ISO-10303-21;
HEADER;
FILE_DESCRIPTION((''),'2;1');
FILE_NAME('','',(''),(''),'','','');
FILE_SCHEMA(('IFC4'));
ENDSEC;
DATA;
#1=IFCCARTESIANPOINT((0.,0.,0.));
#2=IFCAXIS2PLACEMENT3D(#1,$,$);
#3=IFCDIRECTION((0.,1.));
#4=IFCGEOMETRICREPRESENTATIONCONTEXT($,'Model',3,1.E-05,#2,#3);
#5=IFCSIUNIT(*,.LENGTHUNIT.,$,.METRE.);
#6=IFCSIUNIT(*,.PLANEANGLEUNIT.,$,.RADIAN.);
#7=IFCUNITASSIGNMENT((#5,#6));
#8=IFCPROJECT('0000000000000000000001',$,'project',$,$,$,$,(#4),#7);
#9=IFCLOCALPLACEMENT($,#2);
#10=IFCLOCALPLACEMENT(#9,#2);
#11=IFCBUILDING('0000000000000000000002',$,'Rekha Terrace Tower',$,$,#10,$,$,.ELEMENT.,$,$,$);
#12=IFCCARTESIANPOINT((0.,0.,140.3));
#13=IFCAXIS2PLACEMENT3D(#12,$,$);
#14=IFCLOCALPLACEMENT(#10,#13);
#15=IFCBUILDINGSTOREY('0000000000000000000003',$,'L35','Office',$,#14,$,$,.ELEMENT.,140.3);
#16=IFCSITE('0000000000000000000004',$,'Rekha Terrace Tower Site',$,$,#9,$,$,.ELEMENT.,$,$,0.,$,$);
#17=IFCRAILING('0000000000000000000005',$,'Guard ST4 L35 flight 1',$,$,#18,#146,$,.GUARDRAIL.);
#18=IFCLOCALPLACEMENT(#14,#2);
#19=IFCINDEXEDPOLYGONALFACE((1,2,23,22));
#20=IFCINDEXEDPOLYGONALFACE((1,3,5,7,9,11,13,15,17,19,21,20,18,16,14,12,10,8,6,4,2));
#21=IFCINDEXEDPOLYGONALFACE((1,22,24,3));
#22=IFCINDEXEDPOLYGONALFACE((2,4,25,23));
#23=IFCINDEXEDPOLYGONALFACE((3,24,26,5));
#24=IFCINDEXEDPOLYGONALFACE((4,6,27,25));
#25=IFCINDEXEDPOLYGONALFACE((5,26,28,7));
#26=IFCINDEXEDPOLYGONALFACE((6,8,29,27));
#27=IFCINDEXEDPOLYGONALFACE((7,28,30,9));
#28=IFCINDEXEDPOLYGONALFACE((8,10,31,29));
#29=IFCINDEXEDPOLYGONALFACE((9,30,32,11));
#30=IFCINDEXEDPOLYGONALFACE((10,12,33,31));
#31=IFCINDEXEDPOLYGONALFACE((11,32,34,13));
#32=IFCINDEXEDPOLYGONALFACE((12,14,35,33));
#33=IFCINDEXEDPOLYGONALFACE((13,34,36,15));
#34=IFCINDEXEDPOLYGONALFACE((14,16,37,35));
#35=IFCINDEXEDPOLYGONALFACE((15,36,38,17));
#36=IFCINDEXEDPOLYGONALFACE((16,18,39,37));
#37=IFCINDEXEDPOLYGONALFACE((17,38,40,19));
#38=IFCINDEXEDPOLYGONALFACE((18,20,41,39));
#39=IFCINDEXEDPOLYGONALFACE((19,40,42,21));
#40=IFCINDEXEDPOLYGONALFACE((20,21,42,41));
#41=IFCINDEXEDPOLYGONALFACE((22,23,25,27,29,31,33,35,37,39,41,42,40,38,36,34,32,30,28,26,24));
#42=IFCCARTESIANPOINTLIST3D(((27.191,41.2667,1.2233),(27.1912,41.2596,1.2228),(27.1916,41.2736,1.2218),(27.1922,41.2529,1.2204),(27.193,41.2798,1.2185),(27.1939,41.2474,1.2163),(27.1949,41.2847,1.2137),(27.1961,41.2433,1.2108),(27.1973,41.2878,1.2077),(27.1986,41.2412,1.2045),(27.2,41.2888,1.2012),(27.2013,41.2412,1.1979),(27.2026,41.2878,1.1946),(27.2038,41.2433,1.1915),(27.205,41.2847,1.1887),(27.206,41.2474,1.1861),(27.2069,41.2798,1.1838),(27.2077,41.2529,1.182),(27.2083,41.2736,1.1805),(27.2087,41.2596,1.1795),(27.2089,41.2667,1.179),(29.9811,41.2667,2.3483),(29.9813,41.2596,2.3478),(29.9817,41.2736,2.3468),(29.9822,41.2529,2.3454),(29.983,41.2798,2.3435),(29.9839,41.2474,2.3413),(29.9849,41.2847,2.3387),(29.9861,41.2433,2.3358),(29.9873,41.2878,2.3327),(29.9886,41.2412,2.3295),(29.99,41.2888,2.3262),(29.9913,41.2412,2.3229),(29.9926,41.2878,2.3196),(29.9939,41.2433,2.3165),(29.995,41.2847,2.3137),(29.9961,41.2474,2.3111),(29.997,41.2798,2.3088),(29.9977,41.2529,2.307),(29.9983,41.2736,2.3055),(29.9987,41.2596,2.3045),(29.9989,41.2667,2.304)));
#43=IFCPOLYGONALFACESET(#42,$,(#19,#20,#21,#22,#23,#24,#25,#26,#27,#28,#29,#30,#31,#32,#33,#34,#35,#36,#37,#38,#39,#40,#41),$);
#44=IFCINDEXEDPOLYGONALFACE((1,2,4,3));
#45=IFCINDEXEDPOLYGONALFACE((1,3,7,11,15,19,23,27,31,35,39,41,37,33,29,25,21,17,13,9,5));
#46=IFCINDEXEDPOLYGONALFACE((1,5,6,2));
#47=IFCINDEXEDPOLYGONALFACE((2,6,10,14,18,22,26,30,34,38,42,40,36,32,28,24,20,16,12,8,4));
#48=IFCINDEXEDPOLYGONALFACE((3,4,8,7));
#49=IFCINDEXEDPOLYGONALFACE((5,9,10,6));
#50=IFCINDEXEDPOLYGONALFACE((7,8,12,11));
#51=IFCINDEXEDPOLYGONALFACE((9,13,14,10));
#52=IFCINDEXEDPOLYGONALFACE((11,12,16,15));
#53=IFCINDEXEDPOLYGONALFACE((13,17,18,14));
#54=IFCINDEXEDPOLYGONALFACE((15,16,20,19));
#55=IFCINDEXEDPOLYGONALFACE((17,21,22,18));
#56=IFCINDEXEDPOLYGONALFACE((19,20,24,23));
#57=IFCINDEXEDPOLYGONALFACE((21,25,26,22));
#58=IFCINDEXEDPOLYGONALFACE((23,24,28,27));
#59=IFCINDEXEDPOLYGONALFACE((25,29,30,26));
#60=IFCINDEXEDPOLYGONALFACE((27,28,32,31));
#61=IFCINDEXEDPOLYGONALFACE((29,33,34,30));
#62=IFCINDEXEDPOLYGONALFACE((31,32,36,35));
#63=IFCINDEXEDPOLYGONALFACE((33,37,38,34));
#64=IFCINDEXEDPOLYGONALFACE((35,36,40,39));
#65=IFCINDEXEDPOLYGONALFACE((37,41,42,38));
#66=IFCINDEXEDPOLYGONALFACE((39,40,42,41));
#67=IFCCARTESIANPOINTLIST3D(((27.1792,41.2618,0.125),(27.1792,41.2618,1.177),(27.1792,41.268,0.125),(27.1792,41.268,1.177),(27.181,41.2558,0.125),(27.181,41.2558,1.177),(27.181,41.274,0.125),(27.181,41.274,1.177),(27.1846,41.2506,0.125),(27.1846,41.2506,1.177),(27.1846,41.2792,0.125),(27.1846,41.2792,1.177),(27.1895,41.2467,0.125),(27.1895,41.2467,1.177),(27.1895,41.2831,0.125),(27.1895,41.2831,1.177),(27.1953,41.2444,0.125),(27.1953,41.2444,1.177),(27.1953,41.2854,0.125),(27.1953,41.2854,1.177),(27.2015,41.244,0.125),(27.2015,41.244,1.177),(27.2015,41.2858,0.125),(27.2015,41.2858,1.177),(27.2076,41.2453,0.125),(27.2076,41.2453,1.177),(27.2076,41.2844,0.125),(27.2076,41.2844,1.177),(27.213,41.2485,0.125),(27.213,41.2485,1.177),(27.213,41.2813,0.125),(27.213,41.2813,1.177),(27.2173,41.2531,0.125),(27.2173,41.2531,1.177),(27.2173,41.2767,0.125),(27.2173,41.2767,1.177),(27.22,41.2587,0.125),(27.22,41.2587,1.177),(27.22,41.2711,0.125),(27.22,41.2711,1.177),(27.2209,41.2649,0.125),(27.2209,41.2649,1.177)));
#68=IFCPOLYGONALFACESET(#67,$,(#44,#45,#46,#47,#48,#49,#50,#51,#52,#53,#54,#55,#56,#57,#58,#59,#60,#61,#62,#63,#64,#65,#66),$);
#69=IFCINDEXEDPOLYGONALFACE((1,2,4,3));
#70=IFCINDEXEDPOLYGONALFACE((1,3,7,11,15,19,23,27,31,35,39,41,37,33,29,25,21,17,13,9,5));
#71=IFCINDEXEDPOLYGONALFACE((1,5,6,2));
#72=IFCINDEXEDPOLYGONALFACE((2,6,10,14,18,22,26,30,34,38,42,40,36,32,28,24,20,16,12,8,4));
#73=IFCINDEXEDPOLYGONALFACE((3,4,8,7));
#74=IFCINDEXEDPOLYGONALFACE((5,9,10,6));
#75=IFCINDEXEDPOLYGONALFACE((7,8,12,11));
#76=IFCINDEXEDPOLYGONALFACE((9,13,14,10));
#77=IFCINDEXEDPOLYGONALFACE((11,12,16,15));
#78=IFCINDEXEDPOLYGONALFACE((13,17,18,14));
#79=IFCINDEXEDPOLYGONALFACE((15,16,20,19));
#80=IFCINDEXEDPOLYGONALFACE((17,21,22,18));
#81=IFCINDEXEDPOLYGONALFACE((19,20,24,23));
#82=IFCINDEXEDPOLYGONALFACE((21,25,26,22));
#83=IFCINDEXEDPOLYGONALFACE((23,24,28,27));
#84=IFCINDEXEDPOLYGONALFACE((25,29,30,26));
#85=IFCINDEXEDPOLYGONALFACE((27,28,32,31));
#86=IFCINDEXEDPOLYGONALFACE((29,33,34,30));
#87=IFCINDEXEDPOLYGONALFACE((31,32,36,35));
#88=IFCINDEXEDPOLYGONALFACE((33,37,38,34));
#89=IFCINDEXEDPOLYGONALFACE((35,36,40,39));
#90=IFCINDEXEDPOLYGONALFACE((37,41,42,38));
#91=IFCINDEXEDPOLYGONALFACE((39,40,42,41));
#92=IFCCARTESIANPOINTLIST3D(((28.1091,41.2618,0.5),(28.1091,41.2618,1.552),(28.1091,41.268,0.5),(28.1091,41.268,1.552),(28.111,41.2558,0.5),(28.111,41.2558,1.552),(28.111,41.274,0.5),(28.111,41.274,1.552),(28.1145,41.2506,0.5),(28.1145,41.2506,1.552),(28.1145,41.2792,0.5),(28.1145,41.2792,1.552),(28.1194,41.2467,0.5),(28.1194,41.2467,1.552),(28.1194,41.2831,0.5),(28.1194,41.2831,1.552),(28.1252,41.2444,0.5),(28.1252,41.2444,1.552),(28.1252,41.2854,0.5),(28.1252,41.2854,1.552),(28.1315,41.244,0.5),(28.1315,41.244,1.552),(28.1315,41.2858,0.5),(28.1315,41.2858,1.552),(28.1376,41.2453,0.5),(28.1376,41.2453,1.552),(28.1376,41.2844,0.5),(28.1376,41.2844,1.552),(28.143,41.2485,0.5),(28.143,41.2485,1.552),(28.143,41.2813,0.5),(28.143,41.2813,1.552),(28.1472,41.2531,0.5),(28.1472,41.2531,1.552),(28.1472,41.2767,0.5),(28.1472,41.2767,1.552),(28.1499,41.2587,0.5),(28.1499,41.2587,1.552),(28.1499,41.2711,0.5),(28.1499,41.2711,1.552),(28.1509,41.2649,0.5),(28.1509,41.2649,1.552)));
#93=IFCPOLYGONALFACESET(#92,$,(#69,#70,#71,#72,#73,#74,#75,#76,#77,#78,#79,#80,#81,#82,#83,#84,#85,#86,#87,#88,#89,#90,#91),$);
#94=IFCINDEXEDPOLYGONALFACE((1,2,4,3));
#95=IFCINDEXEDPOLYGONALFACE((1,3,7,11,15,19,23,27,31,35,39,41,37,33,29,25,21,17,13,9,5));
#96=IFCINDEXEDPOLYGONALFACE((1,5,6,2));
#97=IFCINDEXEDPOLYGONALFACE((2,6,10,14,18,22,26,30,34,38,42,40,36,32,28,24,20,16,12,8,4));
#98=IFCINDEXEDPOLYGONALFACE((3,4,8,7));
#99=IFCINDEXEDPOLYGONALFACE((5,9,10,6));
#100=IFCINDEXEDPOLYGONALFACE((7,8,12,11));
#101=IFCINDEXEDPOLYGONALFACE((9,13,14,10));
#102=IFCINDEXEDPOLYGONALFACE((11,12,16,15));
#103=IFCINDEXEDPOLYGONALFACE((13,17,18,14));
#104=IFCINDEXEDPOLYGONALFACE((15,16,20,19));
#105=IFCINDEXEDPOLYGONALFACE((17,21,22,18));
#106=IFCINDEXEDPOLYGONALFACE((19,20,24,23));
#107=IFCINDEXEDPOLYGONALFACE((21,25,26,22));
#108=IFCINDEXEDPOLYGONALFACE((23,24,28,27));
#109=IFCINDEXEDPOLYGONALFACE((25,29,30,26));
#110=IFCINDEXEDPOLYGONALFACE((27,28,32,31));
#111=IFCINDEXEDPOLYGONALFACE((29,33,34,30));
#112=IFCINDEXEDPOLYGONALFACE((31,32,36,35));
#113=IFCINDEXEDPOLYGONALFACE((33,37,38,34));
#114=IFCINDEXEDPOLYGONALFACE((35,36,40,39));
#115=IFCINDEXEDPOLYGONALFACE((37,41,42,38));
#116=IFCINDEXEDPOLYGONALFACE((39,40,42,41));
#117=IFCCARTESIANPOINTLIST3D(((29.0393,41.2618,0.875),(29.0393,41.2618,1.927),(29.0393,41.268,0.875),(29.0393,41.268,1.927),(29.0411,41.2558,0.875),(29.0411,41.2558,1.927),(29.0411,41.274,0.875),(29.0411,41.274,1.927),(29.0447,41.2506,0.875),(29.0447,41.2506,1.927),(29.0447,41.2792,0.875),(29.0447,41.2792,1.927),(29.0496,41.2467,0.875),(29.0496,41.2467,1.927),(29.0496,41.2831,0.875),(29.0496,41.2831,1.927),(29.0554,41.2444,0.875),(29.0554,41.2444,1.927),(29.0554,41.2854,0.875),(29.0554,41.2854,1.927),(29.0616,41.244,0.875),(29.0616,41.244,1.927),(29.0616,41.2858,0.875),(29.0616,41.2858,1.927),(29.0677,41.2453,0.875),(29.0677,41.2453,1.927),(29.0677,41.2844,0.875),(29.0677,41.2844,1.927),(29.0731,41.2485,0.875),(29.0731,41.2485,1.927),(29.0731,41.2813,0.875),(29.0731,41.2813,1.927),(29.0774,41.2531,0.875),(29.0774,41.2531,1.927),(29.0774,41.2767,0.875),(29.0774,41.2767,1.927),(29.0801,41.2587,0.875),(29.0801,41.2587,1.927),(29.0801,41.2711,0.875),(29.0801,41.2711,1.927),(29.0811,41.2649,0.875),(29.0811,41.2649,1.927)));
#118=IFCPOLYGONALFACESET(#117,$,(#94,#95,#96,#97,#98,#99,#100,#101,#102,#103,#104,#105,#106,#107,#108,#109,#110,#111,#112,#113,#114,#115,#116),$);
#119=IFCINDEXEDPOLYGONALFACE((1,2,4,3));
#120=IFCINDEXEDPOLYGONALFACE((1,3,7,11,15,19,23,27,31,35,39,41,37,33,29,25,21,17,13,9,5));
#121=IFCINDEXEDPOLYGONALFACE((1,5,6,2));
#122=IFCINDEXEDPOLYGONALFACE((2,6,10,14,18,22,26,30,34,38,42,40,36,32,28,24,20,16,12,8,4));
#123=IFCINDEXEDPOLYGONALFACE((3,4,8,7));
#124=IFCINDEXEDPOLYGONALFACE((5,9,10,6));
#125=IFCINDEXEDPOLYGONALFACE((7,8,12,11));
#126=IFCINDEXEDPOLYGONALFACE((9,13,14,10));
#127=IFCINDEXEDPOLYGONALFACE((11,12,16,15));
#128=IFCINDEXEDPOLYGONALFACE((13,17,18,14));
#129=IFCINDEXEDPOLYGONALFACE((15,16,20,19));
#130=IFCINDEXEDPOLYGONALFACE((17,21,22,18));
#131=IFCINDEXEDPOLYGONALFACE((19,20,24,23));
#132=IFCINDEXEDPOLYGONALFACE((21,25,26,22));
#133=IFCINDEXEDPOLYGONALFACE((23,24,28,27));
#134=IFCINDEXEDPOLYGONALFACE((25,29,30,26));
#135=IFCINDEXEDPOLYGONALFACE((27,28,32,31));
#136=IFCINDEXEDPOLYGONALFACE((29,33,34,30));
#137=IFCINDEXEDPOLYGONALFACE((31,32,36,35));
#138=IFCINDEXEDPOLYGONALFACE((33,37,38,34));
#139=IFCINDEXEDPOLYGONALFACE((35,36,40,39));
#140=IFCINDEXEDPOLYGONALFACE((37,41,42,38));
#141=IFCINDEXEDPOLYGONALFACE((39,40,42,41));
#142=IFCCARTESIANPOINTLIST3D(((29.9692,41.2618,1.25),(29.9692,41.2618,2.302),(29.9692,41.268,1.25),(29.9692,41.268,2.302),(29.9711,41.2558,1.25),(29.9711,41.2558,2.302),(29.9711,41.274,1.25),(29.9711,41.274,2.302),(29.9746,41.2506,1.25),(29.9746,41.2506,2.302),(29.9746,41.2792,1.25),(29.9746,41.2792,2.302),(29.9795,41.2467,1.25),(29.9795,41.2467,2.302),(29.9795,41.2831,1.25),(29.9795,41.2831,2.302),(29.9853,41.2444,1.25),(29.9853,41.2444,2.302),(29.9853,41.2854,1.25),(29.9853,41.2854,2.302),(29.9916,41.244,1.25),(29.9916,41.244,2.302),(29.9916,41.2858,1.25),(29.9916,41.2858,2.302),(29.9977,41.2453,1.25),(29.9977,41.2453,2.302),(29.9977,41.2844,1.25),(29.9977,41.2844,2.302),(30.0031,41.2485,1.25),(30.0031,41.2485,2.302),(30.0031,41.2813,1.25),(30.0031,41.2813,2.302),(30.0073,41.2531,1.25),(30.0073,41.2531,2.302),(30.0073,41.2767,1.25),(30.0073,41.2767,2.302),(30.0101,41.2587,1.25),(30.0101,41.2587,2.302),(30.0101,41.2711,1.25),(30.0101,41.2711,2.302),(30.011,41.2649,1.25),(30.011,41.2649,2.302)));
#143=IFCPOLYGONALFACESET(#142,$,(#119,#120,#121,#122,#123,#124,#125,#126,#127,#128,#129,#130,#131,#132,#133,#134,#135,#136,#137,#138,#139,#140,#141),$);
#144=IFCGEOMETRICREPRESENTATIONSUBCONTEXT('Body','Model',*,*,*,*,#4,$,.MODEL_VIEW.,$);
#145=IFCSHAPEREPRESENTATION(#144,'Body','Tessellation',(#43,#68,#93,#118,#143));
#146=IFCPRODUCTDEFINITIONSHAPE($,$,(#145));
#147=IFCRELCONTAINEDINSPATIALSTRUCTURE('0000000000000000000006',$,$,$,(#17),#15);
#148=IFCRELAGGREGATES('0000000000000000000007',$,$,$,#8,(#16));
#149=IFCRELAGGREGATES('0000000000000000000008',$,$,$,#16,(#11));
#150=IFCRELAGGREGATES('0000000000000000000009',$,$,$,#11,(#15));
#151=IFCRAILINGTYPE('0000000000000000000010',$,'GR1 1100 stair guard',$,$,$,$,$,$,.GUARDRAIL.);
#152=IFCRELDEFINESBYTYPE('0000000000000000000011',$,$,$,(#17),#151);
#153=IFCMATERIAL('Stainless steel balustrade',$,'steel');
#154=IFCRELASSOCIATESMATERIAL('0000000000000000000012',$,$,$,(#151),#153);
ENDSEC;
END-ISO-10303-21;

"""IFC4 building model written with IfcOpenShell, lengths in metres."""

from ifc_helpers import new_model, si_unit, direction, frame, origin, origin_2d, place, context, subcontext, project, spatial, circle, extrude, material, type_object, element, save


model = new_model("IFC4")

# Units and contexts
model_context = context("Model", 3, precision=1e-05, world=origin(), true_north=direction((0.0, 1.0)))
body_context = subcontext(model_context, "Body", "Model", "MODEL_VIEW")
ifc_project = project(units=[si_unit("LENGTHUNIT", "METRE"), si_unit("PLANEANGLEUNIT", "RADIAN")], contexts=[model_context])

# Site, building, storey
site_placement = place(None, origin())
site = spatial("IfcSite", under=ifc_project, at=site_placement, Name="Rekha Terrace Tower Site", CompositionType="ELEMENT", RefElevation=0.0)
building_placement = place(site_placement, origin())
building = spatial("IfcBuilding", under=site, at=building_placement, Name="Rekha Terrace Tower", CompositionType="ELEMENT")
storey_placement = place(building_placement, frame((0.0, 0.0, 140.3)))
storey = spatial("IfcBuildingStorey", under=building, at=storey_placement, Name="L35", Description="Office", CompositionType="ELEMENT", Elevation=140.3)

# Railing
ifc_material_1 = material(Name="Stainless steel balustrade", Category="steel")
railing_type_1 = type_object("IfcRailingType", Name="GR1 1100 stair guard", PredefinedType="GUARDRAIL", material=ifc_material_1)
railing_1_placement = place(storey_placement, frame((27.2, 41.2649, 0.125)))
element("IfcRailing", 1, at=railing_1_placement, inside=storey, type_object=railing_type_1, Name="Guard ST4 L35 flight 1", PredefinedType="GUARDRAIL", context=body_context, shape_type="SweptSolid", body=[
    extrude(circle(Radius=0.0239, at=origin_2d()), frame((0.0, 0.0, 1.0762), z_axis=(0.927443, 0.0, 0.373964), x_axis=(0.0, 1.0, 0.0)), (0.0, 0.0, 1.0), 3.0083),
    extrude(circle(Radius=0.021, at=origin_2d()), origin(), (0.0, 0.0, 1.0), 1.052),
    extrude(circle(Radius=0.021, at=origin_2d()), frame((0.9299, 0.0, 0.375)), (0.0, 0.0, 1.0), 1.052),
    extrude(circle(Radius=0.021, at=origin_2d()), frame((1.8601, 0.0, 0.75)), (0.0, 0.0, 1.0), 1.052),
    extrude(circle(Radius=0.021, at=origin_2d()), frame((2.79, 0.0, 1.125)), (0.0, 0.0, 1.0), 1.052),
])

save(model, "model.ifc")
